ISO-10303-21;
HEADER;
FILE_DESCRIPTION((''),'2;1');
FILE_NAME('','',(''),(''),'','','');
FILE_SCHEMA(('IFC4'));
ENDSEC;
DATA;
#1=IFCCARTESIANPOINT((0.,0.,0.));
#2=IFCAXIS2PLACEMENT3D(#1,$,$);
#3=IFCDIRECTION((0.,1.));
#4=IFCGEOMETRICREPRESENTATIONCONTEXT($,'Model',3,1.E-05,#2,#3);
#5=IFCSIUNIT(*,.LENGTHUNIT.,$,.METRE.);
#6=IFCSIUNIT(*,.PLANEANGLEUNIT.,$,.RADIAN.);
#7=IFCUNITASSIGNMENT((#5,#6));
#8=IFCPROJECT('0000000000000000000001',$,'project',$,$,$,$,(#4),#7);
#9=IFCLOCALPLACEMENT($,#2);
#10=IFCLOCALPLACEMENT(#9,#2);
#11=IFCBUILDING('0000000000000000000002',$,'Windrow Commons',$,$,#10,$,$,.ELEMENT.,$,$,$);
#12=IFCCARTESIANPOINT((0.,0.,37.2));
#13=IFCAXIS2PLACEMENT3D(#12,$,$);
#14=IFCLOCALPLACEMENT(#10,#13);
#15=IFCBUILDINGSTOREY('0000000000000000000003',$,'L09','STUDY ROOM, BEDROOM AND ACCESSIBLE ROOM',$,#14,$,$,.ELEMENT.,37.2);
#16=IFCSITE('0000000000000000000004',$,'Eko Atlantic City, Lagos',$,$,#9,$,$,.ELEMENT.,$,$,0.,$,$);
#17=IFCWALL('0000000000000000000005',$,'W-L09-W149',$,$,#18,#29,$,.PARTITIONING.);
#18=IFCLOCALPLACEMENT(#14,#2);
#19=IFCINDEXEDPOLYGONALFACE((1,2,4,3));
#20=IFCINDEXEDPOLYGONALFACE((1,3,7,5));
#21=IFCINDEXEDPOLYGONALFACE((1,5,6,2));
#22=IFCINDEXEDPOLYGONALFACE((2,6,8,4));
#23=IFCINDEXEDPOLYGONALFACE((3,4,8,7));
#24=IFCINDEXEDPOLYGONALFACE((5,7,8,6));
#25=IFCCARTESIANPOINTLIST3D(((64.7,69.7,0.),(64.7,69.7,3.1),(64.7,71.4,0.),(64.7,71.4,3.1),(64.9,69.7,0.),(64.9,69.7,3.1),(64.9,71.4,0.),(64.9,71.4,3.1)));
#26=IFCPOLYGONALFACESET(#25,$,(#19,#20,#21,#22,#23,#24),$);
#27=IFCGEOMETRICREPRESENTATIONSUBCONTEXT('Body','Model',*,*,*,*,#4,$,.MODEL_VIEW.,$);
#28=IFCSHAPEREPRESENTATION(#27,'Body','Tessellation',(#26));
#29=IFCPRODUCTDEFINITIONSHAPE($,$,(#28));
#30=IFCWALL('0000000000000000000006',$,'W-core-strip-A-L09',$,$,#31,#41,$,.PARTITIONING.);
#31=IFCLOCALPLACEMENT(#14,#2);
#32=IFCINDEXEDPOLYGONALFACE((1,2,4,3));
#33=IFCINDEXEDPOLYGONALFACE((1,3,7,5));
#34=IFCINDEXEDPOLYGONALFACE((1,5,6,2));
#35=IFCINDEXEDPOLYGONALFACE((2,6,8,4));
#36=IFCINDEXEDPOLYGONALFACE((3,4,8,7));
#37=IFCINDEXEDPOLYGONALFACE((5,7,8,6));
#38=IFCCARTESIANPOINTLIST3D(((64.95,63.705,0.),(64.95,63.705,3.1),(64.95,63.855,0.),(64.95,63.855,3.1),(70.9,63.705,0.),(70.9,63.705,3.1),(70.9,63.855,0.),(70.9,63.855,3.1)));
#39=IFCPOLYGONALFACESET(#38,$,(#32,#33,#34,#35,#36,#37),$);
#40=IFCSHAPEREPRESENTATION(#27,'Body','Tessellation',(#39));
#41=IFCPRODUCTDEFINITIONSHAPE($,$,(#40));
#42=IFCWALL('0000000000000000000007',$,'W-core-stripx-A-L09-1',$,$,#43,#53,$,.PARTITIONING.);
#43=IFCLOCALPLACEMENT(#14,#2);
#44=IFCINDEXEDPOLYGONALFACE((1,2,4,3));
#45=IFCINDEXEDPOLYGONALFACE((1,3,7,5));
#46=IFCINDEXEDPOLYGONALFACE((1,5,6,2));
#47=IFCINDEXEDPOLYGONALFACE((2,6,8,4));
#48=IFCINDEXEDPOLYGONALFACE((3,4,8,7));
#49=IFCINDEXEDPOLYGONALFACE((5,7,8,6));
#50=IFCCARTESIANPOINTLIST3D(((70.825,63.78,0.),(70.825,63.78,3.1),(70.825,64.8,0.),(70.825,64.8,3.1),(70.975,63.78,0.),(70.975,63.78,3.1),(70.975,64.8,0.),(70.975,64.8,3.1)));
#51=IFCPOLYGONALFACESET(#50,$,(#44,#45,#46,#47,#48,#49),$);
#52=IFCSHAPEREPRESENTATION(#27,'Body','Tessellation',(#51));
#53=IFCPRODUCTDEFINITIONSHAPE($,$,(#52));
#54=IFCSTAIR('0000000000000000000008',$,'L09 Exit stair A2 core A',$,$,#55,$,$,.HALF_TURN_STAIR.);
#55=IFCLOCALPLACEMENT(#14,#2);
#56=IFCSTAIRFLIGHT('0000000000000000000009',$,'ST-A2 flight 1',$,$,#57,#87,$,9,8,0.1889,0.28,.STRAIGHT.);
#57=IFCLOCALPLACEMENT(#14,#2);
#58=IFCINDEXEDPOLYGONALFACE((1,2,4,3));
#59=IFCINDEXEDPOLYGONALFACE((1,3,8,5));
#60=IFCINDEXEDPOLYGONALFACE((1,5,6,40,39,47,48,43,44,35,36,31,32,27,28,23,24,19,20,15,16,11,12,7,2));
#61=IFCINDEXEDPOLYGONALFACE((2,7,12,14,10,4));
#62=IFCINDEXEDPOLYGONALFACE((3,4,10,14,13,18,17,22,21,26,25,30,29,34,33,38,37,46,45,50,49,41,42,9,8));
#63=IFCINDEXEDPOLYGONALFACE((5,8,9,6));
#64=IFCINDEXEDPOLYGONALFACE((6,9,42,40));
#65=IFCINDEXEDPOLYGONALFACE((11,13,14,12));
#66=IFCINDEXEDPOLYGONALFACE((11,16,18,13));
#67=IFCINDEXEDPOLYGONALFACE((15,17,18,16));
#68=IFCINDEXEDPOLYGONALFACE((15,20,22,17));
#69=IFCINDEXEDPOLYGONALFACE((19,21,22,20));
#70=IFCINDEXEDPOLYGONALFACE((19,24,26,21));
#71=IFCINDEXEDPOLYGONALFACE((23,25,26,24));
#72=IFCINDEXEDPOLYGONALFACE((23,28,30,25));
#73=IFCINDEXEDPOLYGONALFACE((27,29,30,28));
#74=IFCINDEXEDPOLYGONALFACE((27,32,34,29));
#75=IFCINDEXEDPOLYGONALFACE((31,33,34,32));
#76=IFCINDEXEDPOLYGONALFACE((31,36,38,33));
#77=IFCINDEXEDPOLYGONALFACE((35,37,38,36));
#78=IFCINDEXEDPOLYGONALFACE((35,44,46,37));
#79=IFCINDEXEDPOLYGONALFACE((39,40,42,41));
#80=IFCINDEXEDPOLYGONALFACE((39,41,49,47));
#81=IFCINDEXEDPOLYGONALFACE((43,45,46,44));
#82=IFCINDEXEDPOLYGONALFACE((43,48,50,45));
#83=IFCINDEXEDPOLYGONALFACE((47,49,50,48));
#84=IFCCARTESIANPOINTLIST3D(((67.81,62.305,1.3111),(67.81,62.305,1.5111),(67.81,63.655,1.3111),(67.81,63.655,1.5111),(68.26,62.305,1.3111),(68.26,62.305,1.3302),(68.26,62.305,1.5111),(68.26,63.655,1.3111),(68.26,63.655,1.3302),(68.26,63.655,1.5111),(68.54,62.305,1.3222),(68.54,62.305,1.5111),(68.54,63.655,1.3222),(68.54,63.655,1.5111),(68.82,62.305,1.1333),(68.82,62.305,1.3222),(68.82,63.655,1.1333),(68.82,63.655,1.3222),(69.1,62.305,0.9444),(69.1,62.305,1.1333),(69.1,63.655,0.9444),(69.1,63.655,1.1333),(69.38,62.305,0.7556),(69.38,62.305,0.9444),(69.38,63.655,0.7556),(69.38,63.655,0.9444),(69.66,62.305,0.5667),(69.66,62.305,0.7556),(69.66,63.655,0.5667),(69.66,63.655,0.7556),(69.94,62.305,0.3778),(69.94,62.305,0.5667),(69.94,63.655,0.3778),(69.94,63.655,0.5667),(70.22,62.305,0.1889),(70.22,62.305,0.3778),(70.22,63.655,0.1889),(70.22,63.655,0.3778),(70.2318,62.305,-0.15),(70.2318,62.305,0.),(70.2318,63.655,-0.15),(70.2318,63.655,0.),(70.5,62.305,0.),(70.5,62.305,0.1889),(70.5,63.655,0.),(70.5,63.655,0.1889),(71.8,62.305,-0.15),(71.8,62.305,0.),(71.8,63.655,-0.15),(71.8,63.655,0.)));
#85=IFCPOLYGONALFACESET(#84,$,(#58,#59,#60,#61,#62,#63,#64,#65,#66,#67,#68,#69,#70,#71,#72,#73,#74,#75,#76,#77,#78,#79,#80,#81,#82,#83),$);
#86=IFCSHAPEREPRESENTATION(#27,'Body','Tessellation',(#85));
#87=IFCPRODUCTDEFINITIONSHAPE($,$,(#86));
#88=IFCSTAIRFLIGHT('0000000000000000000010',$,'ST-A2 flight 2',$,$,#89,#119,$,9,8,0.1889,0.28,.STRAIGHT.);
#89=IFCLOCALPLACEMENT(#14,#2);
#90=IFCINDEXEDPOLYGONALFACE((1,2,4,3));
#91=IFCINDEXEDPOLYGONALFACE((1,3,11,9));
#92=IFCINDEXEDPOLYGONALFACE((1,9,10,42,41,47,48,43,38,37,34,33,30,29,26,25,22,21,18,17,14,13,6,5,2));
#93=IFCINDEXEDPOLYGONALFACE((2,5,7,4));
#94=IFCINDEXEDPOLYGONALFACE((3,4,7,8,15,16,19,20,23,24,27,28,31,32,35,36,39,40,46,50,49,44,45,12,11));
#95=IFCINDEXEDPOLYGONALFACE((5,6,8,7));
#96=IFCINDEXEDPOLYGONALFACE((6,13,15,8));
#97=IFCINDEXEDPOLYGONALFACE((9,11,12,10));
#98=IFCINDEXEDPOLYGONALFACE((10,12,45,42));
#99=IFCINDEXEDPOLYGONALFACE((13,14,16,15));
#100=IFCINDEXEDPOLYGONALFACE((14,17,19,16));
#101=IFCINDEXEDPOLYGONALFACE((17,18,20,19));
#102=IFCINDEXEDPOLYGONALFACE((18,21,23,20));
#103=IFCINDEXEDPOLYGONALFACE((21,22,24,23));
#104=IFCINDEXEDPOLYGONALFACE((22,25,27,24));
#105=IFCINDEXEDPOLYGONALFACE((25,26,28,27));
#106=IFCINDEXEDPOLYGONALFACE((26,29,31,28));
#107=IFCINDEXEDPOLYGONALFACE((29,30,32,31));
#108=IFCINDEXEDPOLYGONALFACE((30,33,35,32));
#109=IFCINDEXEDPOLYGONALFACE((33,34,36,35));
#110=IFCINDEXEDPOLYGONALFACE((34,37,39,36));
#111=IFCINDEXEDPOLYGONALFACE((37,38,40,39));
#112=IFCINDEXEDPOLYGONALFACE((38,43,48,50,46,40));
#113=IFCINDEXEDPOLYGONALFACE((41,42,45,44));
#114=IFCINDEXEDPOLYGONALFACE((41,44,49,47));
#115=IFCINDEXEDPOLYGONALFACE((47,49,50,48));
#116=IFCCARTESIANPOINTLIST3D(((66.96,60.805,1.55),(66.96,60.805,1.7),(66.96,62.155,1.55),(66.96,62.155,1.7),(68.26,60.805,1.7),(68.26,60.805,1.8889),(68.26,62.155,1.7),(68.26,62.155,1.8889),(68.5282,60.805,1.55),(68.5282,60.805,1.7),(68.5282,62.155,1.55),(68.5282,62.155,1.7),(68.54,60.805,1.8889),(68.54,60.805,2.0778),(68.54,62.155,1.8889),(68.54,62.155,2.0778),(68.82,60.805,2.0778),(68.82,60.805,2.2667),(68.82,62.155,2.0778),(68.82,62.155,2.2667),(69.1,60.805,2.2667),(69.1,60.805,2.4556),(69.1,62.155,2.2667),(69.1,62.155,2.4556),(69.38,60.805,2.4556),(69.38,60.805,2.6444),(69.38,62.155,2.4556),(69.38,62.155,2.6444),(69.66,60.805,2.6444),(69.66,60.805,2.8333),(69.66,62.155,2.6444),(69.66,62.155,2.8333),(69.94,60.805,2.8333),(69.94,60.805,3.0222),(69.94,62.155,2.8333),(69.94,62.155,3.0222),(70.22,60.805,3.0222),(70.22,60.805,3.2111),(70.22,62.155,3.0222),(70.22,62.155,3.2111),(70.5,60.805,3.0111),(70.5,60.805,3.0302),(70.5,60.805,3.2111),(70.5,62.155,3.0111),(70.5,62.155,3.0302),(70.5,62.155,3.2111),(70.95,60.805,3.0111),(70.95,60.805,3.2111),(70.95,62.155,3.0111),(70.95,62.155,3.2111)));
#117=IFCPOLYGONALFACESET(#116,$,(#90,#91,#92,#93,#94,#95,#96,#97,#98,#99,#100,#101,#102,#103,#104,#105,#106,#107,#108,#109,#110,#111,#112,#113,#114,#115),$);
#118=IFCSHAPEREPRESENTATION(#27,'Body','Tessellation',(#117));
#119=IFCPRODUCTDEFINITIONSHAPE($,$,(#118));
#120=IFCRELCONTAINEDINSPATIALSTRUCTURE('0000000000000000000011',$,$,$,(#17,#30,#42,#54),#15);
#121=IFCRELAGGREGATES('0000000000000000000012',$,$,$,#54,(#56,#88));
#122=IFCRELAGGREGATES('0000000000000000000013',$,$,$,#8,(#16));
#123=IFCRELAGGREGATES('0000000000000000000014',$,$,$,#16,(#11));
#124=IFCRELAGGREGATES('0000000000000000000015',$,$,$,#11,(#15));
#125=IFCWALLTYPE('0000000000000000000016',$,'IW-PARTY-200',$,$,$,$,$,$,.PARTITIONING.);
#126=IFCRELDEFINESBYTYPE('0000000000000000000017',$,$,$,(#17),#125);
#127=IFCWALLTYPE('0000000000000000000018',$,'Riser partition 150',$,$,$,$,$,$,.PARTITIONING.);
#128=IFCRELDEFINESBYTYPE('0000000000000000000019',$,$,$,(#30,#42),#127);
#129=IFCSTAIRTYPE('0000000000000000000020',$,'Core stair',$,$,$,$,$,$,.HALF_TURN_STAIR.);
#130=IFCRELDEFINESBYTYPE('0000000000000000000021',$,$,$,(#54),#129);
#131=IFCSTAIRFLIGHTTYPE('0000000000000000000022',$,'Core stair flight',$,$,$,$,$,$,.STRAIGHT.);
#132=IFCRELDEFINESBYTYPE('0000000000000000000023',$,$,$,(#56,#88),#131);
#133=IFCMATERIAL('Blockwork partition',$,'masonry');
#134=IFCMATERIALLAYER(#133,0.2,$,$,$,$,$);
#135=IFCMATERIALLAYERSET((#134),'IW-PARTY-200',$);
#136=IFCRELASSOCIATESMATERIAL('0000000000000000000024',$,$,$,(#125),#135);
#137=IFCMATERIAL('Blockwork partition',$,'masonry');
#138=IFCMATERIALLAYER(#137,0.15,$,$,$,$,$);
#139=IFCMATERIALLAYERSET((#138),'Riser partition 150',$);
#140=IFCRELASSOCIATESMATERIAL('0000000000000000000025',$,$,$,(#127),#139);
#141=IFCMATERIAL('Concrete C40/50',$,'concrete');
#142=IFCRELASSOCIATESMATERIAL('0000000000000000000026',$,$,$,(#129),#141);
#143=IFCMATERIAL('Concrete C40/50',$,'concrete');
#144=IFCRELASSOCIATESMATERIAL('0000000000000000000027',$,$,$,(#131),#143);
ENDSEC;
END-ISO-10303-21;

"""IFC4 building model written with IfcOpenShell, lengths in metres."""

from ifc_helpers import new_model, si_unit, direction, frame, frame_2d, origin, place, context, subcontext, project, spatial, polyline, rectangle, outline, extrude, material, layer, layer_set, type_object, element, aggregate, save


model = new_model("IFC4")

# Units and contexts
model_context = context("Model", 3, precision=1e-05, world=origin(), true_north=direction((0.0, 1.0)))
body_context = subcontext(model_context, "Body", "Model", "MODEL_VIEW")
ifc_project = project(units=[si_unit("LENGTHUNIT", "METRE"), si_unit("PLANEANGLEUNIT", "RADIAN")], contexts=[model_context])

# Site, building, storey
site_placement = place(None, origin())
site = spatial("IfcSite", under=ifc_project, at=site_placement, Name="Eko Atlantic City, Lagos", CompositionType="ELEMENT", RefElevation=0.0)
building_placement = place(site_placement, origin())
building = spatial("IfcBuilding", under=site, at=building_placement, Name="Windrow Commons", CompositionType="ELEMENT")
storey_placement = place(building_placement, frame((0.0, 0.0, 37.2)))
storey = spatial("IfcBuildingStorey", under=building, at=storey_placement, Name="L09", Description="STUDY ROOM, BEDROOM AND ACCESSIBLE ROOM", CompositionType="ELEMENT", Elevation=37.2)

# Walls
ifc_material_1 = material(Name="Blockwork partition", Category="masonry")
ifc_layer_1 = layer(ifc_material_1, 0.2)
ifc_layer_set_1 = layer_set([ifc_layer_1], Name="IW-PARTY-200")
wall_type_1 = type_object("IfcWallType", Name="IW-PARTY-200", PredefinedType="PARTITIONING", material=ifc_layer_set_1)
wall_1_placement = place(storey_placement, frame((64.8, 69.7, 0.0), z_axis=(0.0, 0.0, 1.0), x_axis=(0.0, 1.0, 0.0)))
element("IfcWall", 1, at=wall_1_placement, inside=storey, type_object=wall_type_1, Name="W-L09-W149", PredefinedType="PARTITIONING", context=body_context, shape_type="SweptSolid", body=[
    extrude(rectangle(XDim=1.7, YDim=0.2, at=frame_2d((0.85, 0.0))), origin(), (0.0, 0.0, 1.0), 3.1),
])
ifc_material_2 = material(Name="Blockwork partition", Category="masonry")
ifc_layer_2 = layer(ifc_material_2, 0.15)
ifc_layer_set_2 = layer_set([ifc_layer_2], Name="Riser partition 150")
wall_type_2 = type_object("IfcWallType", Name="Riser partition 150", PredefinedType="PARTITIONING", material=ifc_layer_set_2)
wall_2_placement = place(storey_placement, frame((64.95, 63.78, 0.0), z_axis=(0.0, 0.0, 1.0), x_axis=(1.0, 0.0, 0.0)))
element("IfcWall", 2, at=wall_2_placement, inside=storey, type_object=wall_type_2, Name="W-core-strip-A-L09", PredefinedType="PARTITIONING", context=body_context, shape_type="SweptSolid", body=[
    extrude(rectangle(XDim=5.95, YDim=0.15, at=frame_2d((2.975, 0.0))), origin(), (0.0, 0.0, 1.0), 3.1),
])
wall_3_placement = place(storey_placement, frame((70.9, 63.78, 0.0), z_axis=(0.0, 0.0, 1.0), x_axis=(0.0, 1.0, 0.0)))
element("IfcWall", 3, at=wall_3_placement, inside=storey, type_object=wall_type_2, Name="W-core-stripx-A-L09-1", PredefinedType="PARTITIONING", context=body_context, shape_type="SweptSolid", body=[
    extrude(rectangle(XDim=1.02, YDim=0.15, at=frame_2d((0.51, 0.0))), origin(), (0.0, 0.0, 1.0), 3.1),
])

# Stair, stair flights
ifc_material_3 = material(Name="Concrete C40/50", Category="concrete")
stair_type = type_object("IfcStairType", Name="Core stair", PredefinedType="HALF_TURN_STAIR", material=ifc_material_3)
stair_placement = place(storey_placement, origin())
stair = element("IfcStair", 4, at=stair_placement, inside=storey, type_object=stair_type, Name="L09 Exit stair A2 core A", PredefinedType="HALF_TURN_STAIR")
ifc_material_4 = material(Name="Concrete C40/50", Category="concrete")
stair_flight_type = type_object("IfcStairFlightType", Name="Core stair flight", PredefinedType="STRAIGHT", material=ifc_material_4)
stair_flight_1_placement = place(storey_placement, frame((70.5, 62.98, 0.0), z_axis=(0.0, 0.0, 1.0), x_axis=(-1.0, 0.0, 0.0)))
stair_flight_1 = element("IfcStairFlight", 5, at=stair_flight_1_placement, type_object=stair_flight_type, Name="ST-A2 flight 1", NumberOfRisers=9, NumberOfTreads=8, PredefinedType="STRAIGHT", RiserHeight=0.1889, TreadLength=0.28, context=body_context, shape_type="SweptSolid", body=[
    extrude(outline(polyline([(-1.3, -0.15), (-1.3, 0.0), (0.0, 0.0), (0.0, 0.1889), (0.28, 0.1889), (0.28, 0.3778), (0.56, 0.3778), (0.56, 0.5667), (0.84, 0.5667), (0.84, 0.7556), (1.12, 0.7556), (1.12, 0.9444), (1.4, 0.9444), (1.4, 1.1333), (1.68, 1.1333), (1.68, 1.3222), (1.96, 1.3222), (1.96, 1.5111), (2.24, 1.5111), (2.69, 1.5111), (2.69, 1.3111), (2.24, 1.3111), (2.24, 1.3302), (0.2682, 0.0), (0.2682, -0.15), (-1.3, -0.15)])), frame((0.0, 0.675, 0.0), z_axis=(0.0, -1.0, 0.0), x_axis=(1.0, 0.0, 0.0)), (0.0, 0.0, 1.0), 1.35),
])
stair_flight_2_placement = place(storey_placement, frame((68.26, 61.48, 1.7), z_axis=(0.0, 0.0, 1.0), x_axis=(1.0, 0.0, 0.0)))
stair_flight_2 = element("IfcStairFlight", 6, at=stair_flight_2_placement, type_object=stair_flight_type, Name="ST-A2 flight 2", NumberOfRisers=9, NumberOfTreads=8, PredefinedType="STRAIGHT", RiserHeight=0.1889, TreadLength=0.28, context=body_context, shape_type="SweptSolid", body=[
    extrude(outline(polyline([(-1.3, -0.15), (-1.3, 0.0), (0.0, 0.0), (0.0, 0.1889), (0.28, 0.1889), (0.28, 0.3778), (0.56, 0.3778), (0.56, 0.5667), (0.84, 0.5667), (0.84, 0.7556), (1.12, 0.7556), (1.12, 0.9444), (1.4, 0.9444), (1.4, 1.1333), (1.68, 1.1333), (1.68, 1.3222), (1.96, 1.3222), (1.96, 1.5111), (2.24, 1.5111), (2.69, 1.5111), (2.69, 1.3111), (2.24, 1.3111), (2.24, 1.3302), (0.2682, 0.0), (0.2682, -0.15), (-1.3, -0.15)])), frame((0.0, 0.675, 0.0), z_axis=(0.0, -1.0, 0.0), x_axis=(1.0, 0.0, 0.0)), (0.0, 0.0, 1.0), 1.35),
])
aggregate(stair, [stair_flight_1, stair_flight_2])

save(model, "model.ifc")
